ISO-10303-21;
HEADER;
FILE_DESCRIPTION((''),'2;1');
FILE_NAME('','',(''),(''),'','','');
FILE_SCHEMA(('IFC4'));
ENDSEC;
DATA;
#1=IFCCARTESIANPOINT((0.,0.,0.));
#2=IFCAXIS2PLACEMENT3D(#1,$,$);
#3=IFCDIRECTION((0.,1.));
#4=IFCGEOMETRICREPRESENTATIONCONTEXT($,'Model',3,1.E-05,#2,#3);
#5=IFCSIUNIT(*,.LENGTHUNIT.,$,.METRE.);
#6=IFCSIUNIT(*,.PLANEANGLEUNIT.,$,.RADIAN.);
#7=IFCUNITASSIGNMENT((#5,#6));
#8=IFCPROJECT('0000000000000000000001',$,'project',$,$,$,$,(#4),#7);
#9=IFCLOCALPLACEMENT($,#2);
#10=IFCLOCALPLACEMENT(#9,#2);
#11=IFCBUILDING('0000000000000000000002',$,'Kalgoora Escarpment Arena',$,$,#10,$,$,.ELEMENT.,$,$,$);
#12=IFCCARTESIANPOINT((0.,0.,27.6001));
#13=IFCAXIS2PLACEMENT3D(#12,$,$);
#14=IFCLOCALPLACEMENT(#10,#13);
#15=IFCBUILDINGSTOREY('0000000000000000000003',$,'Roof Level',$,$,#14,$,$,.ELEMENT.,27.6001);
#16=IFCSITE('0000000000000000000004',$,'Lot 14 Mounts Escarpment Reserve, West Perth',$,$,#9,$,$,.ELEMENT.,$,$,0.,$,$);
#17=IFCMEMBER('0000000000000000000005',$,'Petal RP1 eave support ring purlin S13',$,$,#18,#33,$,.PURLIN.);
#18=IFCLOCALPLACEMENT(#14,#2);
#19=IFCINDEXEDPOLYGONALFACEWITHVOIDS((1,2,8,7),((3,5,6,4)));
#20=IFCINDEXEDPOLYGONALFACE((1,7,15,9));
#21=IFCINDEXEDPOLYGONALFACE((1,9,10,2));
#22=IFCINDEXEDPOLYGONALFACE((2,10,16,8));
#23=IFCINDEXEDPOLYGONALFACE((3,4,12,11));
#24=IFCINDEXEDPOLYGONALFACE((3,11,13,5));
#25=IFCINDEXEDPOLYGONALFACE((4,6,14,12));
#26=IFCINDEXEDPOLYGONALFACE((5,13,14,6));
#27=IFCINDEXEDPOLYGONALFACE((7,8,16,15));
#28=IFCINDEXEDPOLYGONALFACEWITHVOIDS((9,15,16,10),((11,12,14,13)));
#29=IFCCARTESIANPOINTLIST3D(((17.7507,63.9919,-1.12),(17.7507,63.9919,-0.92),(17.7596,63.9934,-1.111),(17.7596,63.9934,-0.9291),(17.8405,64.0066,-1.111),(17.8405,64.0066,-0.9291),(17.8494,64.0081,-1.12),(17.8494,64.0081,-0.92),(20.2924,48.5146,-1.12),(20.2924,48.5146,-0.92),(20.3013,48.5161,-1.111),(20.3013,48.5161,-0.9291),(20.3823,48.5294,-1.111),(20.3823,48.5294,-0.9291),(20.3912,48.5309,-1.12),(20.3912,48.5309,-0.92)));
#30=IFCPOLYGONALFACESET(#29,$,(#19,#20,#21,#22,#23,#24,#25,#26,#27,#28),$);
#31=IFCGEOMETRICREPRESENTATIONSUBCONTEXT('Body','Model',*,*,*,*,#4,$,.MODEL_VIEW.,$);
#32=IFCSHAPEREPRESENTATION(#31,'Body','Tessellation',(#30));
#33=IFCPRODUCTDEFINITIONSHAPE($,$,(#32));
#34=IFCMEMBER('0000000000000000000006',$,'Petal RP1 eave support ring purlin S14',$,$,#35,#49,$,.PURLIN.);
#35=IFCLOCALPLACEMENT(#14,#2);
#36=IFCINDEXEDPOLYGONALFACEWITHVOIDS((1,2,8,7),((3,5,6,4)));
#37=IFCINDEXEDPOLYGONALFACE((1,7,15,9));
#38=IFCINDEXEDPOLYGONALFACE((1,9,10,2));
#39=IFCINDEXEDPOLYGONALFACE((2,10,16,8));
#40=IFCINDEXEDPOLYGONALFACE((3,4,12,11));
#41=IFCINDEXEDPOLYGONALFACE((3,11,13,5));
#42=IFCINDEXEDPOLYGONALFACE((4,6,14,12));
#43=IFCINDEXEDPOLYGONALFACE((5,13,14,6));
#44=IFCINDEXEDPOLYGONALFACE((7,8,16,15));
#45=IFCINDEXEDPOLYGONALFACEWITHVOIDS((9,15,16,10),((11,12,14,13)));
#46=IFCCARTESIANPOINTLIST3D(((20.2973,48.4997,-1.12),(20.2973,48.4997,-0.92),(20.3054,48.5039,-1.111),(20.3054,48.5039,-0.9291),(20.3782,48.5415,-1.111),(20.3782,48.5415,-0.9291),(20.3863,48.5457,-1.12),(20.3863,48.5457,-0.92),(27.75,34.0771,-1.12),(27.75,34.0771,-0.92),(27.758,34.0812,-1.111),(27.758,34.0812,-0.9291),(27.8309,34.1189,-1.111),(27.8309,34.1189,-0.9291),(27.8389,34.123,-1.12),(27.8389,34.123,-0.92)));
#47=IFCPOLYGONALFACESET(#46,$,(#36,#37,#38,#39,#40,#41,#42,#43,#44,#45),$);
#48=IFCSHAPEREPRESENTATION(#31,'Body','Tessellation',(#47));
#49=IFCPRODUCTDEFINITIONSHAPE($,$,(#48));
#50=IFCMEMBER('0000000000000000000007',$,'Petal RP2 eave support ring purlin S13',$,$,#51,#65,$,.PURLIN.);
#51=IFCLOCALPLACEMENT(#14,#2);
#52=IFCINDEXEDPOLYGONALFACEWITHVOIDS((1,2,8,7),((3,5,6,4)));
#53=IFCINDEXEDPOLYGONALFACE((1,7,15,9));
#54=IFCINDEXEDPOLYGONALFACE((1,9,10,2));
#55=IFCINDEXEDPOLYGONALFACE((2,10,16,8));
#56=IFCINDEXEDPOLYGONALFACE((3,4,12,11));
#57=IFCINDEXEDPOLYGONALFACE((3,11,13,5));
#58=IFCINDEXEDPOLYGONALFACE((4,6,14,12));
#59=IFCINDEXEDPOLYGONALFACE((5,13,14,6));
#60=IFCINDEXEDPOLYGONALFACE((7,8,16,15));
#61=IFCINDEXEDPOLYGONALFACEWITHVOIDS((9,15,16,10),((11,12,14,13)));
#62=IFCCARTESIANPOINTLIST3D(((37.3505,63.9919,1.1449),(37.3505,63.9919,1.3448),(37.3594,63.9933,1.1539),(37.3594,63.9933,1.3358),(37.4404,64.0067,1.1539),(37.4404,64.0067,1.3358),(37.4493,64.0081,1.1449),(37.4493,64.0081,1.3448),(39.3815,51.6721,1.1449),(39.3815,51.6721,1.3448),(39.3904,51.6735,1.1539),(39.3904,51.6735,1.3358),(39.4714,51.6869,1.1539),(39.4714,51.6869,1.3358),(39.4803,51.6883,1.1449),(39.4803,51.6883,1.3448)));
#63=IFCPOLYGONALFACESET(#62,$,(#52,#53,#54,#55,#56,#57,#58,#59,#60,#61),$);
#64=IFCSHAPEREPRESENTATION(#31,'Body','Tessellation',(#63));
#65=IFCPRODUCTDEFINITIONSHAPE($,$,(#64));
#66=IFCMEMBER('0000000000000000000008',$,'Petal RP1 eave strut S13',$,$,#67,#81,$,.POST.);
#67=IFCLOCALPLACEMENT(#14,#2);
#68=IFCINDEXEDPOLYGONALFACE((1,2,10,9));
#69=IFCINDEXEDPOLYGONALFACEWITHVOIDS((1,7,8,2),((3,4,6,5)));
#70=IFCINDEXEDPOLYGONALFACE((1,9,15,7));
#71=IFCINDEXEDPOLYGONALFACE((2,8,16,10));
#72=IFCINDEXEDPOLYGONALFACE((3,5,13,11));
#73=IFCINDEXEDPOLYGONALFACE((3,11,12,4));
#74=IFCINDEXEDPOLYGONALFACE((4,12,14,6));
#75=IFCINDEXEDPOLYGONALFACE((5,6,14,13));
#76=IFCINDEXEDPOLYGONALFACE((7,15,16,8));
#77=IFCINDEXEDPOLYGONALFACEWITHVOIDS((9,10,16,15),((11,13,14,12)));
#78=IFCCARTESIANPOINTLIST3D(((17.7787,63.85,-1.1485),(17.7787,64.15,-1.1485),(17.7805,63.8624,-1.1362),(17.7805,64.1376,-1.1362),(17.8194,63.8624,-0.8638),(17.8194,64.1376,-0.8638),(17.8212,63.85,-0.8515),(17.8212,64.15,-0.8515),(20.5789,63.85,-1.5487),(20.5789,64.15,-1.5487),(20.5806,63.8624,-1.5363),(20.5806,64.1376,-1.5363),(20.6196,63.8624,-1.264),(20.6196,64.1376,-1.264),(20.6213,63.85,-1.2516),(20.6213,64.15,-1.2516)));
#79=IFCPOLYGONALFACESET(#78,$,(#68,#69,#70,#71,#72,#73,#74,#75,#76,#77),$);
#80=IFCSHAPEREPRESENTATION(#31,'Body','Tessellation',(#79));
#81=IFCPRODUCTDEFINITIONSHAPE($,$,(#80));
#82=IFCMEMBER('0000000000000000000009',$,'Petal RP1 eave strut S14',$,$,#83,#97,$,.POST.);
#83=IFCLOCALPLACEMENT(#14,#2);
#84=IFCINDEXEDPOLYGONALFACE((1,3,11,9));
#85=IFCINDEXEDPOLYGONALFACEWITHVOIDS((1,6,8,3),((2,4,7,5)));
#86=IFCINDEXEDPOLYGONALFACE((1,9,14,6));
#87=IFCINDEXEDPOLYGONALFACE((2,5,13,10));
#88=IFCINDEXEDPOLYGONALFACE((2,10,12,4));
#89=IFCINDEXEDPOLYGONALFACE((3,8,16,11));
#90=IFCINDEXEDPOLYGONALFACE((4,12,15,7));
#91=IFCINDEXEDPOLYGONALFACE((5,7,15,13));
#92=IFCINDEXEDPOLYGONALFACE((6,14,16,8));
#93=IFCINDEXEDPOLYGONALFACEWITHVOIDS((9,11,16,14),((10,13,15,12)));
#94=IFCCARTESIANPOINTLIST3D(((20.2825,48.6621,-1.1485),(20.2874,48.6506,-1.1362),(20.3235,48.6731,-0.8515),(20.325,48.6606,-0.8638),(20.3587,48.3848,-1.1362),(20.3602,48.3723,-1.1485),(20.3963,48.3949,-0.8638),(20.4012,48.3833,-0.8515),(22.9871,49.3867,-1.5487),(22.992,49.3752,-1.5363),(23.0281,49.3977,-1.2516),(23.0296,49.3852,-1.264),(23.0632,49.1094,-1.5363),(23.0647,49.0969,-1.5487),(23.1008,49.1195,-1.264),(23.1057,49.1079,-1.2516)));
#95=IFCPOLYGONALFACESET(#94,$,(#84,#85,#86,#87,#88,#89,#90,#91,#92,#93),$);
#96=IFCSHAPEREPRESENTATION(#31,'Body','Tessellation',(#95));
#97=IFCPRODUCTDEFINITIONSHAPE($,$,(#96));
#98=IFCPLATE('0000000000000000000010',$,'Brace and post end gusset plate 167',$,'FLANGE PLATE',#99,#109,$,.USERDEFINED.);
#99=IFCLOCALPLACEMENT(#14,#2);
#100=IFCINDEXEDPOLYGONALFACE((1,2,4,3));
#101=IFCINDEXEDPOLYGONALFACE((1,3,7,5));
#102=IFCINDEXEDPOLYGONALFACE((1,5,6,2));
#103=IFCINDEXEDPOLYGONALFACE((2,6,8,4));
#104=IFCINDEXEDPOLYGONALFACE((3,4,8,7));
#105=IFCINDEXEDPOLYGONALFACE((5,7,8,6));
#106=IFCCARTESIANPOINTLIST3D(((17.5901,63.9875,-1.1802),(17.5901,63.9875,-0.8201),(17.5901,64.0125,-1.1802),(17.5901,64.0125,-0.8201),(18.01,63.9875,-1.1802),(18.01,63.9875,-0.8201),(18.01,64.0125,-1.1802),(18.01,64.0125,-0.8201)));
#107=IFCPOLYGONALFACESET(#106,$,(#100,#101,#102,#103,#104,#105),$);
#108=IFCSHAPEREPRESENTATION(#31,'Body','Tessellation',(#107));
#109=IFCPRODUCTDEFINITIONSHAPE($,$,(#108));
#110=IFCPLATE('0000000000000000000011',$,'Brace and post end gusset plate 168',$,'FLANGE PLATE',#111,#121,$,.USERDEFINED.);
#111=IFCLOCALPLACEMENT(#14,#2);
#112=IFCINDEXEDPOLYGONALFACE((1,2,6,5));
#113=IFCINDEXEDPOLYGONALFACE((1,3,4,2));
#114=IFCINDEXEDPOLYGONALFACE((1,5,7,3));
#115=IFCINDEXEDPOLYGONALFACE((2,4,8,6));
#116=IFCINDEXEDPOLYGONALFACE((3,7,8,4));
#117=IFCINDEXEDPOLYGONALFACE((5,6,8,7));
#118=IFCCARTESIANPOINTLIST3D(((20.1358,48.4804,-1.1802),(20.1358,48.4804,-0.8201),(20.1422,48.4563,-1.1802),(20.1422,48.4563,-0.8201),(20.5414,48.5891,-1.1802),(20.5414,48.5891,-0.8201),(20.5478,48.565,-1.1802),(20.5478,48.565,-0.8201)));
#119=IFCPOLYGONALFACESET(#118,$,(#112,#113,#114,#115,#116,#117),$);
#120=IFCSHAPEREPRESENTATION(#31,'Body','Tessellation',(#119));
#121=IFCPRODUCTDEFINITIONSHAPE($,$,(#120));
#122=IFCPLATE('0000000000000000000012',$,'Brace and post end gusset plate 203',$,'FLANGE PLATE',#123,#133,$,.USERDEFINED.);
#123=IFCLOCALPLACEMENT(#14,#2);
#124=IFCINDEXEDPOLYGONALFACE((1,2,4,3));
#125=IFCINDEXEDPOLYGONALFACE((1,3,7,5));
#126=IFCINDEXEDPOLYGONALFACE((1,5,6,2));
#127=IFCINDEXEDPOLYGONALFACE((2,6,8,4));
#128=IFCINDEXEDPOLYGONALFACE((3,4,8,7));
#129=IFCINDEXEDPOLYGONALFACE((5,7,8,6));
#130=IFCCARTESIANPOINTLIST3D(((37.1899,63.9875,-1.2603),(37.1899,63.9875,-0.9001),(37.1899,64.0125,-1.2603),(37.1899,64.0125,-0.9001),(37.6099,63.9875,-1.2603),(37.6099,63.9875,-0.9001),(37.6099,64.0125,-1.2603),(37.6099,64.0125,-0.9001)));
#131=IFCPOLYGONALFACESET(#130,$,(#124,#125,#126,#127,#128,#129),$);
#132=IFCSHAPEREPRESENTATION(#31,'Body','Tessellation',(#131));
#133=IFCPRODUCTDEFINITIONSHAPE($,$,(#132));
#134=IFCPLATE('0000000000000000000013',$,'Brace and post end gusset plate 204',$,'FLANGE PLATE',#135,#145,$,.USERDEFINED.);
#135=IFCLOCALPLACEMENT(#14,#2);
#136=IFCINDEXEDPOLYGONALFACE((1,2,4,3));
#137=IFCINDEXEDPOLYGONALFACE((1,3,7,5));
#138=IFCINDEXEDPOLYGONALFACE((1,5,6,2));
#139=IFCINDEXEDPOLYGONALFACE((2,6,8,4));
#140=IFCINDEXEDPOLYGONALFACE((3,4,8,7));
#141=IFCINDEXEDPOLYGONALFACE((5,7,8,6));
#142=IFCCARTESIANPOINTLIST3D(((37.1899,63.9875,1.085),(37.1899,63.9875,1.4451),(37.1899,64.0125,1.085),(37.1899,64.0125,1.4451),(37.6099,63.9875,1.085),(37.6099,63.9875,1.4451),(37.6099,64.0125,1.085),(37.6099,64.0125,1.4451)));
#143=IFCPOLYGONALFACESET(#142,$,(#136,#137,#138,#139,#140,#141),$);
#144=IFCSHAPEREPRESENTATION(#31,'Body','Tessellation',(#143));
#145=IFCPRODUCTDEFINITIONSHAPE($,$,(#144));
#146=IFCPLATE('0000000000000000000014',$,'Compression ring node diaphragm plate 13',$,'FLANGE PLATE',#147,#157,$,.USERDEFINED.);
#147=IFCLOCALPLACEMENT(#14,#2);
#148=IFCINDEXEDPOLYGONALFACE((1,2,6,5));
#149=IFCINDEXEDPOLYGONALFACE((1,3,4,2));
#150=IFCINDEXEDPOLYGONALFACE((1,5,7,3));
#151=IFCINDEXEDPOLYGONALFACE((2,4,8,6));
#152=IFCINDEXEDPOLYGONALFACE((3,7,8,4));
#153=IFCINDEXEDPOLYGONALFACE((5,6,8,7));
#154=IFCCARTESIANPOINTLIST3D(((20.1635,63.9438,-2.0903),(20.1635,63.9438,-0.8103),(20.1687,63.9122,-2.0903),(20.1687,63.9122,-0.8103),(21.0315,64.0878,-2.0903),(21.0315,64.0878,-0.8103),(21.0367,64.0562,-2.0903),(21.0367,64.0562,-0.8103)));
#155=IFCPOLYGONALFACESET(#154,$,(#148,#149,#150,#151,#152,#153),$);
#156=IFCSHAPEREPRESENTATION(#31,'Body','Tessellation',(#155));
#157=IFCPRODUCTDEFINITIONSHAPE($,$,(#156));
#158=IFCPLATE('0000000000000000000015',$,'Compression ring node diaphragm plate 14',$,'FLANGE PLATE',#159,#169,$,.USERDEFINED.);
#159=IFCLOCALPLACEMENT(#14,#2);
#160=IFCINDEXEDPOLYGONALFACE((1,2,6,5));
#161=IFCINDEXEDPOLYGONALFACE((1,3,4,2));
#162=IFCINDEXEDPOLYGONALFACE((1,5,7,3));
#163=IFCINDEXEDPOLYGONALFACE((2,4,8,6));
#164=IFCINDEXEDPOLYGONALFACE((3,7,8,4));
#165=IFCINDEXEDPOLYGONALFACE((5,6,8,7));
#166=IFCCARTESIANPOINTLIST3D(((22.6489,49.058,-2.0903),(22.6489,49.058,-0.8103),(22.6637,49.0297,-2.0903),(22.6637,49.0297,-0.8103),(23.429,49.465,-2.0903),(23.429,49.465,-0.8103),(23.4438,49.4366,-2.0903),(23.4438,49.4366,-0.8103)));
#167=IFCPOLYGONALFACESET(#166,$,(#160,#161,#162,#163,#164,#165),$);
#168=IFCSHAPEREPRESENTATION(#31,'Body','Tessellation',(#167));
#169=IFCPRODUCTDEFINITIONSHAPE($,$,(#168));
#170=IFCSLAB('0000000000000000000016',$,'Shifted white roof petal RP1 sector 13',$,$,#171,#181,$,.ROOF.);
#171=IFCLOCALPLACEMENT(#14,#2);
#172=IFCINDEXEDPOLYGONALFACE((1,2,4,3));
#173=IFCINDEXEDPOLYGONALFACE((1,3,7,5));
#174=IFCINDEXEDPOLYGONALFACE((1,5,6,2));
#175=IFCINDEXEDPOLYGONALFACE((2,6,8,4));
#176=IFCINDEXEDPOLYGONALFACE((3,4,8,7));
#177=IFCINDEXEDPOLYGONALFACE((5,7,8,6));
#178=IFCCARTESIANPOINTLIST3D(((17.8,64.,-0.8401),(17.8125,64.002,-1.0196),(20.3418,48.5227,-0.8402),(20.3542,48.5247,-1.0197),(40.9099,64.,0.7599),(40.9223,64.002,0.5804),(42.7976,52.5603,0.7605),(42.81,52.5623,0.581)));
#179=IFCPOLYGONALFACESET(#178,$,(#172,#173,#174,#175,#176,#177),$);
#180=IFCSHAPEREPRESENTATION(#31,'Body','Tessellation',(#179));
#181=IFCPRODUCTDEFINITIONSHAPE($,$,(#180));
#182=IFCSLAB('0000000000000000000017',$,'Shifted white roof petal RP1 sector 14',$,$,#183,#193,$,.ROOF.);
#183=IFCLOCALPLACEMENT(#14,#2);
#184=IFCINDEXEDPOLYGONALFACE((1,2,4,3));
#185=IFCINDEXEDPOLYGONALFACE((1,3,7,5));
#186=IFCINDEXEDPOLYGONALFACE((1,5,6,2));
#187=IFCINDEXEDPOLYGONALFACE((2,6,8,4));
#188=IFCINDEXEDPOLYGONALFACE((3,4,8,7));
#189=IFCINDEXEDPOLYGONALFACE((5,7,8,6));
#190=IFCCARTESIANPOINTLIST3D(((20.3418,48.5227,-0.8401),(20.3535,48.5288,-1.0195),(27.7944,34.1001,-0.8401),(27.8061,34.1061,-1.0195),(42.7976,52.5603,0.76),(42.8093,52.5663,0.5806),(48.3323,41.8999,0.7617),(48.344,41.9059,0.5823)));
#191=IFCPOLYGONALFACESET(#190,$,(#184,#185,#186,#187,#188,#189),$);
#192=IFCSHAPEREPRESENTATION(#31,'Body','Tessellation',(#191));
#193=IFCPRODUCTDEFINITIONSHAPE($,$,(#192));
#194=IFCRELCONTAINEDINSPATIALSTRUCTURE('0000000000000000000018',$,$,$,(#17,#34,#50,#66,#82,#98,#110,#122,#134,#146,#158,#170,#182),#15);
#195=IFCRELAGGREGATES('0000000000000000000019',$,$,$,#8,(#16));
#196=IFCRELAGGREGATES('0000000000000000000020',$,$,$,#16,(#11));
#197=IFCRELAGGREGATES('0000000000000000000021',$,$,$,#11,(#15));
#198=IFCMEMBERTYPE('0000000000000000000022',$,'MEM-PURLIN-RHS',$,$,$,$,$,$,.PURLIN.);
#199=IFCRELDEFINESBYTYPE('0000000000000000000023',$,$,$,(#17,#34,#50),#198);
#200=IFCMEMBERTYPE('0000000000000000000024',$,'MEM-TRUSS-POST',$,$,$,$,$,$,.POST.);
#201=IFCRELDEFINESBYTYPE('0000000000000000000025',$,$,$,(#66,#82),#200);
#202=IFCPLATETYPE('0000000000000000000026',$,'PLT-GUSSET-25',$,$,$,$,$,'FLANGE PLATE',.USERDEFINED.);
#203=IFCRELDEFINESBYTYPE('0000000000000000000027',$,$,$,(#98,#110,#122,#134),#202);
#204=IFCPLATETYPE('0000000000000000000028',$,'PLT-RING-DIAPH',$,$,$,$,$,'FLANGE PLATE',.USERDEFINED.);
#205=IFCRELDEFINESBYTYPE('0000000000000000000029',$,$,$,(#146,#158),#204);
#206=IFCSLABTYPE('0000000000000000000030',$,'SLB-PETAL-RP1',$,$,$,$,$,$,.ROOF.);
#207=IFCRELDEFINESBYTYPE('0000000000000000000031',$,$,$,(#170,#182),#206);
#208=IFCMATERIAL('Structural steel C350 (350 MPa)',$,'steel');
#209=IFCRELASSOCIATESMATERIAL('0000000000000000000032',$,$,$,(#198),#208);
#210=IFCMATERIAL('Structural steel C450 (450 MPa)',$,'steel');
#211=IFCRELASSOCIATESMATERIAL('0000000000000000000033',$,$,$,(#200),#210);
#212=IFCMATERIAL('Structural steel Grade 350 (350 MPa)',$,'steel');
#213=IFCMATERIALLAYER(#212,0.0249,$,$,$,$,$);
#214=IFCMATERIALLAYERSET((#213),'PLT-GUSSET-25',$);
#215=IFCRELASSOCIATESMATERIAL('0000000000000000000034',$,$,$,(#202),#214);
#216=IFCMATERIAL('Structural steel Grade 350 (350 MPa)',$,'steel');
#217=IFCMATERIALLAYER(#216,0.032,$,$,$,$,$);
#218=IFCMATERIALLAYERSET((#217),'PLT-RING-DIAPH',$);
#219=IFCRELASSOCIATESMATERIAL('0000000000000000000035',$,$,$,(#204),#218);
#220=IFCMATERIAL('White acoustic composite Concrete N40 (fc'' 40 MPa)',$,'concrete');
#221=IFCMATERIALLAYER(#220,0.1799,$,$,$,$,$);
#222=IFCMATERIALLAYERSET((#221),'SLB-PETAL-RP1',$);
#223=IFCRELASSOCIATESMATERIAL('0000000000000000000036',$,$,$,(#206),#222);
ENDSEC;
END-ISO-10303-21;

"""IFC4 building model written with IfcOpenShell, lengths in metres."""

from ifc_helpers import new_model, si_unit, direction, frame, origin, origin_2d, place, context, subcontext, project, spatial, polyline, rectangle, hollow_rectangle, outline, extrude, material, layer, layer_set, material_profile, profile_set, type_object, element, save


model = new_model("IFC4")

# Units and contexts
model_context = context("Model", 3, precision=1e-05, world=origin(), true_north=direction((0.0, 1.0)))
body_context = subcontext(model_context, "Body", "Model", "MODEL_VIEW")
ifc_project = project(units=[si_unit("LENGTHUNIT", "METRE"), si_unit("PLANEANGLEUNIT", "RADIAN")], contexts=[model_context])

# Site, building, storey
site_placement = place(None, origin())
site = spatial("IfcSite", under=ifc_project, at=site_placement, Name="Lot 14 Mounts Escarpment Reserve, West Perth", CompositionType="ELEMENT", RefElevation=0.0)
building_placement = place(site_placement, origin())
building = spatial("IfcBuilding", under=site, at=building_placement, Name="Kalgoora Escarpment Arena", CompositionType="ELEMENT")
storey_placement = place(building_placement, frame((0.0, 0.0, 27.6001)))
storey = spatial("IfcBuildingStorey", under=building, at=storey_placement, Name="Roof Level", CompositionType="ELEMENT", Elevation=27.6001)

# Members
ifc_material_1 = material(Name="Structural steel C350 (350 MPa)", Category="steel")
ifc_material_profile_1 = material_profile(ifc_material_1, hollow_rectangle(XDim=0.1001, YDim=0.2, WallThickness=0.009, at=origin_2d()))
ifc_profile_set_1 = profile_set([ifc_material_profile_1], Name="Structural steel C350 (350 MPa)")
member_type_1 = type_object("IfcMemberType", Name="MEM-PURLIN-RHS", PredefinedType="PURLIN", material=ifc_profile_set_1)
member_1_placement = place(storey_placement, frame((17.8, 64.0, -1.02), z_axis=(0.162054, -0.986782, 0.0), x_axis=(0.986782, 0.162054, 0.0)))
element("IfcMember", 1, at=member_1_placement, inside=storey, type_object=member_type_1, Name="Petal RP1 eave support ring purlin S13", PredefinedType="PURLIN", context=body_context, shape_type="SweptSolid", body=[
    extrude(hollow_rectangle(XDim=0.1001, YDim=0.2, WallThickness=0.009, at=origin_2d()), origin(), (0.0, 0.0, 1.0), 15.6846),
])
member_2_placement = place(storey_placement, frame((20.3418, 48.5227, -1.02), z_axis=(0.459067, -0.888402, 0.0), x_axis=(0.888402, 0.459067, 0.0)))
element("IfcMember", 2, at=member_2_placement, inside=storey, type_object=member_type_1, Name="Petal RP1 eave support ring purlin S14", PredefinedType="PURLIN", context=body_context, shape_type="SweptSolid", body=[
    extrude(hollow_rectangle(XDim=0.1001, YDim=0.2, WallThickness=0.009, at=origin_2d()), origin(), (0.0, 0.0, 1.0), 16.2344),
])
member_3_placement = place(storey_placement, frame((37.3999, 64.0, 1.2449), z_axis=(0.162661, -0.986682, 0.0), x_axis=(0.986682, 0.162661, 0.0)))
element("IfcMember", 3, at=member_3_placement, inside=storey, type_object=member_type_1, Name="Petal RP2 eave support ring purlin S13", PredefinedType="PURLIN", context=body_context, shape_type="SweptSolid", body=[
    extrude(hollow_rectangle(XDim=0.1001, YDim=0.2, WallThickness=0.009, at=origin_2d()), origin(), (0.0, 0.0, 1.0), 12.4861),
])
ifc_material_2 = material(Name="Structural steel C450 (450 MPa)", Category="steel")
ifc_material_profile_2 = material_profile(ifc_material_2, hollow_rectangle(XDim=0.3, YDim=0.3, WallThickness=0.0125, at=origin_2d()))
ifc_profile_set_2 = profile_set([ifc_material_profile_2], Name="Structural steel C450 (450 MPa)")
member_type_2 = type_object("IfcMemberType", Name="MEM-TRUSS-POST", PredefinedType="POST", material=ifc_profile_set_2)
member_4_placement = place(storey_placement, frame((20.6001, 64.0, -1.4001), z_axis=(-0.989943, 0.0, 0.14147), x_axis=(0.0, -1.0, 0.0)))
element("IfcMember", 4, at=member_4_placement, inside=storey, type_object=member_type_2, Name="Petal RP1 eave strut S13", PredefinedType="POST", context=body_context, shape_type="SweptSolid", body=[
    extrude(hollow_rectangle(XDim=0.3, YDim=0.3, WallThickness=0.0125, at=origin_2d()), origin(), (0.0, 0.0, 1.0), 2.8286),
])
member_5_placement = place(storey_placement, frame((23.0464, 49.2473, -1.4001), z_axis=(-0.956218, -0.256188, 0.141473), x_axis=(0.258791, -0.965933, 0.0)))
element("IfcMember", 5, at=member_5_placement, inside=storey, type_object=member_type_2, Name="Petal RP1 eave strut S14", PredefinedType="POST", context=body_context, shape_type="SweptSolid", body=[
    extrude(hollow_rectangle(XDim=0.3, YDim=0.3, WallThickness=0.0125, at=origin_2d()), origin(), (0.0, 0.0, 1.0), 2.8284),
])

# Plates
ifc_material_3 = material(Name="Structural steel Grade 350 (350 MPa)", Category="steel")
ifc_layer_1 = layer(ifc_material_3, 0.0249)
ifc_layer_set_1 = layer_set([ifc_layer_1], Name="PLT-GUSSET-25")
plate_type_1 = type_object("IfcPlateType", Name="PLT-GUSSET-25", ElementType="FLANGE PLATE", PredefinedType="USERDEFINED", material=ifc_layer_set_1)
for number, where, z_axis, x_axis, name in (
    (6, (17.8, 64.0, -1.1802), (0.0, 0.0, 1.0), (-1.0, 0.0, 0.0), "Brace and post end gusset plate 167"),
    (7, (20.3418, 48.5227, -1.1802), (0.0, 0.0, 1.0), (-0.965926, -0.258819, 0.0), "Brace and post end gusset plate 168"),
    (8, (37.3999, 64.0, -1.2603), (0.0, 0.0, 1.0), (1.0, 0.0, 0.0), "Brace and post end gusset plate 203"),
    (9, (37.3999, 64.0, 1.085), (0.0, 0.0, 1.0), (1.0, 0.0, 0.0), "Brace and post end gusset plate 204"),
):
    element("IfcPlate", number, at=place(storey_placement, frame(where, z_axis=z_axis, x_axis=x_axis)), inside=storey, type_object=plate_type_1, Name=name, ObjectType="FLANGE PLATE", PredefinedType="USERDEFINED", context=body_context, shape_type="SweptSolid", body=[
        extrude(rectangle(XDim=0.4199, YDim=0.0249, at=origin_2d()), origin(), (0.0, 0.0, 1.0), 0.3601),
    ])
ifc_material_4 = material(Name="Structural steel Grade 350 (350 MPa)", Category="steel")
ifc_layer_2 = layer(ifc_material_4, 0.032)
ifc_layer_set_2 = layer_set([ifc_layer_2], Name="PLT-RING-DIAPH")
plate_type_2 = type_object("IfcPlateType", Name="PLT-RING-DIAPH", ElementType="FLANGE PLATE", PredefinedType="USERDEFINED", material=ifc_layer_set_2)
for number, where, z_axis, x_axis, name in (
    (10, (20.6001, 64.0, -2.0903), (0.0, 0.0, 1.0), (0.16367, -0.986515, 0.0), "Compression ring node diaphragm plate 13"),
    (11, (23.0464, 49.2473, -2.0903), (0.0, 0.0, 1.0), (0.462523, -0.886608, 0.0), "Compression ring node diaphragm plate 14"),
):
    element("IfcPlate", number, at=place(storey_placement, frame(where, z_axis=z_axis, x_axis=x_axis)), inside=storey, type_object=plate_type_2, Name=name, ObjectType="FLANGE PLATE", PredefinedType="USERDEFINED", context=body_context, shape_type="SweptSolid", body=[
        extrude(rectangle(XDim=0.032, YDim=0.8799, at=origin_2d()), origin(), (0.0, 0.0, 1.0), 1.28),
    ])

# Slabs
ifc_material_5 = material(Name="White acoustic composite Concrete N40 (fc' 40 MPa)", Category="concrete")
ifc_layer_3 = layer(ifc_material_5, 0.1799)
ifc_layer_set_3 = layer_set([ifc_layer_3], Name="SLB-PETAL-RP1")
slab_type_1 = type_object("IfcSlabType", Name="SLB-PETAL-RP1", PredefinedType="ROOF", material=ifc_layer_set_3)
slab_1_placement = place(storey_placement, frame((17.8, 64.0, -0.8401), z_axis=(-0.069066, -0.011347, 0.997548), x_axis=(0.162054, -0.986782, -0.000005)))
element("IfcSlab", 12, at=slab_1_placement, inside=storey, type_object=slab_type_1, Name="Shifted white roof petal RP1 sector 13", PredefinedType="ROOF", context=body_context, shape_type="SweptSolid", body=[
    extrude(outline(polyline([(0.0, 0.0), (15.6846, 0.0), (15.3394, 22.8694), (3.745, 22.8605), (0.0, 0.0)])), origin(), (0.0, 0.0, -1.0), 0.1799),
])
slab_2_placement = place(storey_placement, frame((20.3418, 48.5227, -0.8401), z_axis=(-0.065023, -0.033599, 0.997318), x_axis=(0.459067, -0.888402, 0.0)))
element("IfcSlab", 13, at=slab_2_placement, inside=storey, type_object=slab_type_1, Name="Shifted white roof petal RP1 sector 14", PredefinedType="ROOF", context=body_context, shape_type="SweptSolid", body=[
    extrude(outline(polyline([(0.0, 0.0), (16.2343, 0.0), (18.7332, 21.8852), (6.7217, 21.8619), (0.0, 0.0)])), origin(), (0.0, 0.0, -1.0), 0.1799),
])

save(model, "model.ifc")
